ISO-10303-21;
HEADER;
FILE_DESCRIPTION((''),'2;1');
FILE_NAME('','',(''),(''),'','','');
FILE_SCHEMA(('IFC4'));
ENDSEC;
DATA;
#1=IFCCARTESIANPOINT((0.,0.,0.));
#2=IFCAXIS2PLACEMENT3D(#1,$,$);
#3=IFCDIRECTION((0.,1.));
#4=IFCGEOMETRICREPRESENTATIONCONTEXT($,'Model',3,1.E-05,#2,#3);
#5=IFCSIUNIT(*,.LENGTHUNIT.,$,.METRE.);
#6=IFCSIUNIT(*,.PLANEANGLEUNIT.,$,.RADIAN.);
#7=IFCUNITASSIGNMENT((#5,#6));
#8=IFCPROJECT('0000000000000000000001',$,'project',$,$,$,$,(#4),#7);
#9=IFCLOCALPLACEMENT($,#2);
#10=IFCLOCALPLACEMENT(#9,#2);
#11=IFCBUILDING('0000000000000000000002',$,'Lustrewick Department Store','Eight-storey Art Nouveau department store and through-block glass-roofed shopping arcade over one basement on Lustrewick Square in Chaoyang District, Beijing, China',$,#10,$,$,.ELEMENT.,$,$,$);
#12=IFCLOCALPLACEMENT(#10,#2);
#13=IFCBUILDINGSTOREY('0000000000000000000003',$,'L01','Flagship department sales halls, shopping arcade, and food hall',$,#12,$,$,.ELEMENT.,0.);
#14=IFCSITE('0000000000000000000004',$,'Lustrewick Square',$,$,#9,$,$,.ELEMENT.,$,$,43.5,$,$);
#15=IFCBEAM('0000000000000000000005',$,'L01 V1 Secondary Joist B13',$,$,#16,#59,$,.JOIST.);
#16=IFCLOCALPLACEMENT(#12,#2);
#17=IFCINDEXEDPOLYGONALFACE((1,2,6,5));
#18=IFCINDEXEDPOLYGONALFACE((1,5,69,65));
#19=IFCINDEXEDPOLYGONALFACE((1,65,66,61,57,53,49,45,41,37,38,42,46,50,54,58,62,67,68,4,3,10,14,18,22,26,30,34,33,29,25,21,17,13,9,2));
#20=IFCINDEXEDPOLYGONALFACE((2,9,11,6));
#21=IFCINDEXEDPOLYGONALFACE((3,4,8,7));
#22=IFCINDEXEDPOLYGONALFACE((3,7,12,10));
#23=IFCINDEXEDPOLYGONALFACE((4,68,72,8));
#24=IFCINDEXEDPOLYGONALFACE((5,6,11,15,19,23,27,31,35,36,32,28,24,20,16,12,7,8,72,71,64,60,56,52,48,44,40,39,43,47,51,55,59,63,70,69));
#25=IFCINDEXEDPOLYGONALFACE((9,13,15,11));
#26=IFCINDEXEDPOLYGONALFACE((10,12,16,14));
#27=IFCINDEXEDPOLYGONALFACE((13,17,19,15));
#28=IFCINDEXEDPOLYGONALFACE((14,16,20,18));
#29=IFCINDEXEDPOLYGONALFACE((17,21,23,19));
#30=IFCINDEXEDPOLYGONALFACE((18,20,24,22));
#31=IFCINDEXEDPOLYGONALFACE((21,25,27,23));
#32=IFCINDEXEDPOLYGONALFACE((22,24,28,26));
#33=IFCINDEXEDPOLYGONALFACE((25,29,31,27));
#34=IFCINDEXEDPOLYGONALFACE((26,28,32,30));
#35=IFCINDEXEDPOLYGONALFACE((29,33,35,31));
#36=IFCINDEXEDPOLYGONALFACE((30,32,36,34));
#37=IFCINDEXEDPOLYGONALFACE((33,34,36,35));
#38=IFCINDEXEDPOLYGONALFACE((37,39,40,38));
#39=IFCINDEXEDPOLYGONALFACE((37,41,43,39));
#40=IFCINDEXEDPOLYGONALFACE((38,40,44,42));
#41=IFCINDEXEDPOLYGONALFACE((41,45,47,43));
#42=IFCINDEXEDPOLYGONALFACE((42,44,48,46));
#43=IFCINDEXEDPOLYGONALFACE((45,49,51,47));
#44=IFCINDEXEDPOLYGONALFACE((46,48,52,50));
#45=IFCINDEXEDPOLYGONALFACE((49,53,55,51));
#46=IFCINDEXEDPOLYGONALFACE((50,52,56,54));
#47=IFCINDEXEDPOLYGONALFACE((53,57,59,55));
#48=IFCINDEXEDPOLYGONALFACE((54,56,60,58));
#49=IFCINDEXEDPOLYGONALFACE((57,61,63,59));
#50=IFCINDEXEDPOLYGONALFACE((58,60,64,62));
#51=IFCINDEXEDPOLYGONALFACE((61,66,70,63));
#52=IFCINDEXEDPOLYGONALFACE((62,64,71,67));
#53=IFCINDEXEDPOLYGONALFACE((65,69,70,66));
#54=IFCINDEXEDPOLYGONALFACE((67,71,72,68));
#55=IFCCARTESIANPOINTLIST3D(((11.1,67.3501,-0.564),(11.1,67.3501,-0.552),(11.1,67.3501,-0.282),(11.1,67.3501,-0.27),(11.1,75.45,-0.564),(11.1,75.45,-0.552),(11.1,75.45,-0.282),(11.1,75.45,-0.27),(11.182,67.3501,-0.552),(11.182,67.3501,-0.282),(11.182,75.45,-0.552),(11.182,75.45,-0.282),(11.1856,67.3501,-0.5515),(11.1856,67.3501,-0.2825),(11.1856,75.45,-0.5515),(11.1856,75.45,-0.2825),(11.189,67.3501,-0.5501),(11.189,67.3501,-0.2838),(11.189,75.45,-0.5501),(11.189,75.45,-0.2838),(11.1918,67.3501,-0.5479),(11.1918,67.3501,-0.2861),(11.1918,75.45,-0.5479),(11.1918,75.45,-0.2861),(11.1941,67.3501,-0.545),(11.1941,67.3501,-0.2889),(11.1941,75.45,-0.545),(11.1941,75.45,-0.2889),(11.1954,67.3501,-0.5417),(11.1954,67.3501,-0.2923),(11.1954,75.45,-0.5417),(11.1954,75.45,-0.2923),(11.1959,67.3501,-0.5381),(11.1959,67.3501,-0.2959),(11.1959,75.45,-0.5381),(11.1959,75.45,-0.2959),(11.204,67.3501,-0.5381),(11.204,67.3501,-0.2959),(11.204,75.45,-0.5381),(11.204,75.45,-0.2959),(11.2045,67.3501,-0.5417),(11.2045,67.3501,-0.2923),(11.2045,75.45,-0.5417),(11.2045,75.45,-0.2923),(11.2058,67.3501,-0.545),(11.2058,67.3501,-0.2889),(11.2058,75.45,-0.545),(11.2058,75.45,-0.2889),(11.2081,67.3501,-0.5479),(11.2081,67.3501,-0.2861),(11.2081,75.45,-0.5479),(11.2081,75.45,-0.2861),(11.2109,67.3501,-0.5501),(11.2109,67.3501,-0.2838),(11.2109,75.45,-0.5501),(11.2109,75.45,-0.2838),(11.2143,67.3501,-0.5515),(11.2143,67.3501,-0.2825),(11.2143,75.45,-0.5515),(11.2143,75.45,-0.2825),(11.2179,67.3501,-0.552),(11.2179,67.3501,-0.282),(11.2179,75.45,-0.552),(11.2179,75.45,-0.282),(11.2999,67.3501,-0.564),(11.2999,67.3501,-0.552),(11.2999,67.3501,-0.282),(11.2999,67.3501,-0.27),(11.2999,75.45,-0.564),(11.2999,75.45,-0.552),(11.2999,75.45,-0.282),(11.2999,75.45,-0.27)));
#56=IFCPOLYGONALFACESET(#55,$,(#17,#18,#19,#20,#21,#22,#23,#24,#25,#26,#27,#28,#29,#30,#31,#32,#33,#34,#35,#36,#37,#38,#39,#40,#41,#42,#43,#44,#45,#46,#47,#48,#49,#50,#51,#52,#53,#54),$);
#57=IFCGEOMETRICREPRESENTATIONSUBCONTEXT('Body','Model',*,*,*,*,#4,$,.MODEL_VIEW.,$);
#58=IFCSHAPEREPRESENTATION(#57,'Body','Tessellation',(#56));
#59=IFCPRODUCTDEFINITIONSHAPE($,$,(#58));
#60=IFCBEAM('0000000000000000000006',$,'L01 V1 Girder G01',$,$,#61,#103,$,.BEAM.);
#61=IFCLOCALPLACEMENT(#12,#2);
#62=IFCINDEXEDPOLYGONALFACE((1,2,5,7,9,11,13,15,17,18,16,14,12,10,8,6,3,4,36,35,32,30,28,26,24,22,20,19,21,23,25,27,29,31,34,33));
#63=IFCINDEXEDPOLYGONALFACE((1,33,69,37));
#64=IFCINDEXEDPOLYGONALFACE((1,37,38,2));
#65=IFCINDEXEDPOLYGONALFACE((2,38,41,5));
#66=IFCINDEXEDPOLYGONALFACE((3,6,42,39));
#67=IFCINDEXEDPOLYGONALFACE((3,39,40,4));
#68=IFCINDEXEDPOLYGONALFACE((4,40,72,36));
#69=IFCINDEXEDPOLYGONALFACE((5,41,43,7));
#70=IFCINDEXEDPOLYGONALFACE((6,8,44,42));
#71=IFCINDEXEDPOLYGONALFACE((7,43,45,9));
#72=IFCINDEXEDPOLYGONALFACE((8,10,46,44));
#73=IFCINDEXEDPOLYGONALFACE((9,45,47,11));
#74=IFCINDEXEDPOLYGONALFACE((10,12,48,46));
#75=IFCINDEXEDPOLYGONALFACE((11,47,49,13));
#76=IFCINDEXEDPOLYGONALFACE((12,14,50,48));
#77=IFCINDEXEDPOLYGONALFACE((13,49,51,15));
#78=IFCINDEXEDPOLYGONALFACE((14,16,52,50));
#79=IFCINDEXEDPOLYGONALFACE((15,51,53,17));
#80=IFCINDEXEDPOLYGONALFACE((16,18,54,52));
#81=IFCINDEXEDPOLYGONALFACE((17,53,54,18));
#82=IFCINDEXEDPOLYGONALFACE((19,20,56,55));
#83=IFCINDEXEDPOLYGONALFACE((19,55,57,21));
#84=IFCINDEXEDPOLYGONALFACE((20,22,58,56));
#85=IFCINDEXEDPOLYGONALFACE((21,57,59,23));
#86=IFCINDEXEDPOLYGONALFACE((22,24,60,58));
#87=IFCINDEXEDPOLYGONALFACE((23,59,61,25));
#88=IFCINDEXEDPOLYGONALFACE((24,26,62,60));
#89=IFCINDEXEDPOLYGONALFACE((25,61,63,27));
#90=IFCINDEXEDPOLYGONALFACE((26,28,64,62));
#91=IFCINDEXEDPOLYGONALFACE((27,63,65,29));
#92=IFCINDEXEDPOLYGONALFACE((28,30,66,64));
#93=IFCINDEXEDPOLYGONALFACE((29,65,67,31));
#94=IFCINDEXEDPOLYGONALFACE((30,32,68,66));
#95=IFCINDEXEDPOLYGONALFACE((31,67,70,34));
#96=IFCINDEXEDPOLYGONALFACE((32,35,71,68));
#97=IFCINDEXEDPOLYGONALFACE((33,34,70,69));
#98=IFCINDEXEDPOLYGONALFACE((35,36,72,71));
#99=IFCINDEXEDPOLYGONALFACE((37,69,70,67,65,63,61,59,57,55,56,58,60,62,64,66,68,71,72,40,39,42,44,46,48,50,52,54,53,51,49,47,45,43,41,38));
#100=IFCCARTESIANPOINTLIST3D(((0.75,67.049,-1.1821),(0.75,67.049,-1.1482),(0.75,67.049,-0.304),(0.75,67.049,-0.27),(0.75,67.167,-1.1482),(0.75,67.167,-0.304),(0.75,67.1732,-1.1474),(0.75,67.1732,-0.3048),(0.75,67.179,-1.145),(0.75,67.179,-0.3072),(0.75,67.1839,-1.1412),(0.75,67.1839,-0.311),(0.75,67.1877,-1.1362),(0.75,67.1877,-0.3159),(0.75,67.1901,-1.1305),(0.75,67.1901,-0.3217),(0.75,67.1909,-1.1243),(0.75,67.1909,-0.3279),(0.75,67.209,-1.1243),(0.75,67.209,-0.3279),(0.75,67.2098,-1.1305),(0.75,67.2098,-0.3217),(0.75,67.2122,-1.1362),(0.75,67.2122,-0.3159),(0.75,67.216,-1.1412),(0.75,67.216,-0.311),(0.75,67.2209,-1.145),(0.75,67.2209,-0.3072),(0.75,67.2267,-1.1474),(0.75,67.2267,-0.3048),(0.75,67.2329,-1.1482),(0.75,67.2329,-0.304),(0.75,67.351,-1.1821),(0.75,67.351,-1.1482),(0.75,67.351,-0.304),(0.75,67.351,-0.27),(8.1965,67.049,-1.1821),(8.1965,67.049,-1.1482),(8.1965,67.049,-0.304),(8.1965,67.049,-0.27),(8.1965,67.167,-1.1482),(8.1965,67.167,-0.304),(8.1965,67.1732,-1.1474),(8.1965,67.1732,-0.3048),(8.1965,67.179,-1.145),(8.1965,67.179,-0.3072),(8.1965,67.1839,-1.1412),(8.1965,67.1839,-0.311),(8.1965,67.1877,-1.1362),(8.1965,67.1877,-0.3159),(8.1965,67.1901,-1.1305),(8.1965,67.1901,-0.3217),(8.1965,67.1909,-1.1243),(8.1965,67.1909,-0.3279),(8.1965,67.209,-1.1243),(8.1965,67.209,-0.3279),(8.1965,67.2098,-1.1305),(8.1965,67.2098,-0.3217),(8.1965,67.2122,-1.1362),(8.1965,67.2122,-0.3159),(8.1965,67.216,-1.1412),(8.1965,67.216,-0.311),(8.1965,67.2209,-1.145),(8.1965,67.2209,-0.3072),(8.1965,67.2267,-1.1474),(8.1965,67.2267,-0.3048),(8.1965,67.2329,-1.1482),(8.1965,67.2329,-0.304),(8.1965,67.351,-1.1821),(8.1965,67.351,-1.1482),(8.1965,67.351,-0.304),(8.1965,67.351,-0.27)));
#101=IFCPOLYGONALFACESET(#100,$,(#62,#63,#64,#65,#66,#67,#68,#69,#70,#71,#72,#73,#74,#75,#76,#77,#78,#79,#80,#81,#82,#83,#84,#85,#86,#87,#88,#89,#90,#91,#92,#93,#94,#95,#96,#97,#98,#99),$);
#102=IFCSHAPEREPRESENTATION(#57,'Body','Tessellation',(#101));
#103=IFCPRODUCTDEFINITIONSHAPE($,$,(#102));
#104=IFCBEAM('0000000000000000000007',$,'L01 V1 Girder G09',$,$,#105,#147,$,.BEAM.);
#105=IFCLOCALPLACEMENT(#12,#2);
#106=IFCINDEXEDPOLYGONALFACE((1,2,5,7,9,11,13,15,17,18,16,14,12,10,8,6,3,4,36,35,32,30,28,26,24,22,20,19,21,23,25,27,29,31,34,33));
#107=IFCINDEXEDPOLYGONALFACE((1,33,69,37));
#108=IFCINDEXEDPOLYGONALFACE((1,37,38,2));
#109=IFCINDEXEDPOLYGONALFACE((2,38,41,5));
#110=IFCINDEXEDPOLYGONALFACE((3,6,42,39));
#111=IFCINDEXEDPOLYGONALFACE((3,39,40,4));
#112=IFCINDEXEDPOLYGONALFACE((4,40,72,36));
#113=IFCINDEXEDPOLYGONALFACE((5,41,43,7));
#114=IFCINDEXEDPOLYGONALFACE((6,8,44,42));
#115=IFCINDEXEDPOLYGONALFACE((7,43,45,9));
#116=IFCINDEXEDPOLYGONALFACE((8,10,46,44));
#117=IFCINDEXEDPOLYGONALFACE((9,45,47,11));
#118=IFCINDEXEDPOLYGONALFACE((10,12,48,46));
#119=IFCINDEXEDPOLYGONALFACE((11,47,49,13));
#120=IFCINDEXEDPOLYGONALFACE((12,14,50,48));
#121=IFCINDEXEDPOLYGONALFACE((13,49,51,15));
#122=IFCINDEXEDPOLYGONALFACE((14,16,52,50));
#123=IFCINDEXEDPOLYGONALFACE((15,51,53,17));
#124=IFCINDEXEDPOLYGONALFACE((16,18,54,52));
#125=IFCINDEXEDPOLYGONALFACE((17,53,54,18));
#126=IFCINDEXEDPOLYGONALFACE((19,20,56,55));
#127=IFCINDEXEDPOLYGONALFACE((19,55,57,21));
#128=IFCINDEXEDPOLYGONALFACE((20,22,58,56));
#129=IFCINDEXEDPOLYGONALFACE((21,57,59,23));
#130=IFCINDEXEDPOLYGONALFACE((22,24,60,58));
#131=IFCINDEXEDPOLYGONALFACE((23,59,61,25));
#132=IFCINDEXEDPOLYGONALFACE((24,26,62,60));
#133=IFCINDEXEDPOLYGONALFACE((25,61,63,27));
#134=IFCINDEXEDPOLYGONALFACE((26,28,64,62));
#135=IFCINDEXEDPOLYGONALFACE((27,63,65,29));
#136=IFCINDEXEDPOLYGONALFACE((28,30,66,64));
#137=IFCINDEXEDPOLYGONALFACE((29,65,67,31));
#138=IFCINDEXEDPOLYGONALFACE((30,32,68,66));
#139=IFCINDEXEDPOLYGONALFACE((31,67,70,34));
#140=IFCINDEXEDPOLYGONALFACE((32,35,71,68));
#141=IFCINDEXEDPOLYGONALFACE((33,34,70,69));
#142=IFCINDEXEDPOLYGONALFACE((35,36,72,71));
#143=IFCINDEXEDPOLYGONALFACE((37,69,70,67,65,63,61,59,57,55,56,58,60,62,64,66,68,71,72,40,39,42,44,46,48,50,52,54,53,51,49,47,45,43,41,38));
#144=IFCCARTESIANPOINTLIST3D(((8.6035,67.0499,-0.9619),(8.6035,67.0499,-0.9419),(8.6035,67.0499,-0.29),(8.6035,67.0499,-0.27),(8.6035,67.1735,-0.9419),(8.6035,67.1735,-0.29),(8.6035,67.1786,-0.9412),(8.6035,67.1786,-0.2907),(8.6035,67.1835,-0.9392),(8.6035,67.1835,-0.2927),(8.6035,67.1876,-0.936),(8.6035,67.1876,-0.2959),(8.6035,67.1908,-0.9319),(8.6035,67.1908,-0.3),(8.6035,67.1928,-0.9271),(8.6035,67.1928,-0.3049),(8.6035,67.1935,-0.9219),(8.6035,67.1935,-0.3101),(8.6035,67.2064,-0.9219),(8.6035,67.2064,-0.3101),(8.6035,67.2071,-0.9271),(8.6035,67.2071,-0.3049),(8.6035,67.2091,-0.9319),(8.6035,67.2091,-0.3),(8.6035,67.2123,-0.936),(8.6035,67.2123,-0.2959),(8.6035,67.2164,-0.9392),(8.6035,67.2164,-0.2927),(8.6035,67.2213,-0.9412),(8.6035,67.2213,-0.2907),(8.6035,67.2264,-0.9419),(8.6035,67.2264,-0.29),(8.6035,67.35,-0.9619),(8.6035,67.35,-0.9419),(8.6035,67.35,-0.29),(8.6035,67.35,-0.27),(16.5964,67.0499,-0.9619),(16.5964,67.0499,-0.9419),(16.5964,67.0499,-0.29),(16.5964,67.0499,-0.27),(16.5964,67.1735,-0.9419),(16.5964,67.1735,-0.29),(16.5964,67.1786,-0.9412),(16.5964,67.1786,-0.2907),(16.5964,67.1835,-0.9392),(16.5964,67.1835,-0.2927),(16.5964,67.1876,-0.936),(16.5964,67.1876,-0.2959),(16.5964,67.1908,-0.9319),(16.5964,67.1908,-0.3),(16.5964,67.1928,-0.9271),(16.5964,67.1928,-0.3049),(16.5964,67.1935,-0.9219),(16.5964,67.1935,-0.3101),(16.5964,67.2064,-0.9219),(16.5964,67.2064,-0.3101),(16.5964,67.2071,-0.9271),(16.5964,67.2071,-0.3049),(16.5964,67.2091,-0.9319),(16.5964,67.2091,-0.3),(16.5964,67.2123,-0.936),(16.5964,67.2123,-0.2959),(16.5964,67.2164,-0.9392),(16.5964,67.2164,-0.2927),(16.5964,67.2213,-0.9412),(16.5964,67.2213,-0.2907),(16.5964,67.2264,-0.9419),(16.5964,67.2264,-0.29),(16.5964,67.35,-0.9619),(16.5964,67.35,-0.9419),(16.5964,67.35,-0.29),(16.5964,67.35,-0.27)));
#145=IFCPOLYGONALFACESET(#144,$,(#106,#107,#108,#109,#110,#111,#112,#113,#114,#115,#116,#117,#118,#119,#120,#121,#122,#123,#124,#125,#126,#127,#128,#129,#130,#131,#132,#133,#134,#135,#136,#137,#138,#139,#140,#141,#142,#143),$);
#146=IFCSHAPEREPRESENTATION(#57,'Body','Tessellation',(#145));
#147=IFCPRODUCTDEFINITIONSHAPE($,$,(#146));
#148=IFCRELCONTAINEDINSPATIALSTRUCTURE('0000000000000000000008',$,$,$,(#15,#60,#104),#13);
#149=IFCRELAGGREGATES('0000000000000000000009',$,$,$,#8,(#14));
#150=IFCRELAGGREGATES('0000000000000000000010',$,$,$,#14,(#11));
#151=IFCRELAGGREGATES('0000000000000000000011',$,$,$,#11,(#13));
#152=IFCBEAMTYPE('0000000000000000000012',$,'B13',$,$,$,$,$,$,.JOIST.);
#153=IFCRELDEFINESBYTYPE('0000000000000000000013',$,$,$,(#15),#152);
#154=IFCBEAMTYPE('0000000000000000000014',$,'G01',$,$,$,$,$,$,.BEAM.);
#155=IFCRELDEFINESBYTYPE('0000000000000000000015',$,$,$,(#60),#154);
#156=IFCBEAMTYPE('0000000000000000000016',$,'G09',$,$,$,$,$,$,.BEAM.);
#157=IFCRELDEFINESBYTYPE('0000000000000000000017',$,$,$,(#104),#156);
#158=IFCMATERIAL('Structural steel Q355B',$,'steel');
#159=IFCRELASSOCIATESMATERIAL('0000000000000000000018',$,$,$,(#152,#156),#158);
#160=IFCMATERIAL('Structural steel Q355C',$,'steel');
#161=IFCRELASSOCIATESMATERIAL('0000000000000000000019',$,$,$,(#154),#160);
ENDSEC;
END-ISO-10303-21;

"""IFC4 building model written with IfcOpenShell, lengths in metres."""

from ifc_helpers import new_model, si_unit, direction, frame, origin, origin_2d, place, context, subcontext, project, spatial, i_section, extrude, material, material_profile, profile_set, type_object, element, save


model = new_model("IFC4")

# Units and contexts
model_context = context("Model", 3, precision=1e-05, world=origin(), true_north=direction((0.0, 1.0)))
body_context = subcontext(model_context, "Body", "Model", "MODEL_VIEW")
ifc_project = project(units=[si_unit("LENGTHUNIT", "METRE"), si_unit("PLANEANGLEUNIT", "RADIAN")], contexts=[model_context])

# Site, building, storey
site_placement = place(None, origin())
site = spatial("IfcSite", under=ifc_project, at=site_placement, Name="Lustrewick Square", CompositionType="ELEMENT", RefElevation=43.5)
building_placement = place(site_placement, origin())
building = spatial("IfcBuilding", under=site, at=building_placement, Name="Lustrewick Department Store", Description="Eight-storey Art Nouveau department store and through-block glass-roofed shopping arcade over one basement on Lustrewick Square in Chaoyang District, Beijing, China", CompositionType="ELEMENT")
storey_placement = place(building_placement, origin())
storey = spatial("IfcBuildingStorey", under=building, at=storey_placement, Name="L01", Description="Flagship department sales halls, shopping arcade, and food hall", CompositionType="ELEMENT", Elevation=0.0)

# Shared definitions
ifc_material_1 = material(Name="Structural steel Q355B", Category="steel")

# Beams
ifc_material_profile_1 = material_profile(ifc_material_1, i_section(OverallWidth=0.2, OverallDepth=0.2939, WebThickness=0.0081, FlangeThickness=0.012, FilletRadius=0.0139, at=origin_2d()), Name="HM 294x200x8x12")
ifc_profile_set_1 = profile_set([ifc_material_profile_1], Name="Structural steel Q355B")
beam_type_1 = type_object("IfcBeamType", Name="B13", PredefinedType="JOIST", material=ifc_profile_set_1)
beam_1_placement = place(storey_placement, frame((11.2, 67.3501, -0.417), z_axis=(0.0, 1.0, 0.0), x_axis=(-1.0, 0.0, 0.0)))
element("IfcBeam", 1, at=beam_1_placement, inside=storey, type_object=beam_type_1, Name="L01 V1 Secondary Joist B13", PredefinedType="JOIST", context=body_context, shape_type="SweptSolid", body=[
    extrude(i_section(OverallWidth=0.2, OverallDepth=0.2939, WebThickness=0.0081, FlangeThickness=0.012, FilletRadius=0.0139, at=origin_2d()), origin(), (0.0, 0.0, 1.0), 8.0999),
])
ifc_material_2 = material(Name="Structural steel Q355C", Category="steel")
ifc_material_profile_2 = material_profile(ifc_material_2, i_section(OverallWidth=0.302, OverallDepth=0.9121, WebThickness=0.0181, FlangeThickness=0.0339, FilletRadius=0.0239, at=origin_2d()), Name="HN 912x302x18x34")
ifc_profile_set_2 = profile_set([ifc_material_profile_2], Name="Structural steel Q355C")
beam_type_2 = type_object("IfcBeamType", Name="G01", PredefinedType="BEAM", material=ifc_profile_set_2)
beam_2_placement = place(storey_placement, frame((0.75, 67.2, -0.7261), z_axis=(1.0, 0.0, 0.0), x_axis=(0.0, 1.0, 0.0)))
element("IfcBeam", 2, at=beam_2_placement, inside=storey, type_object=beam_type_2, Name="L01 V1 Girder G01", PredefinedType="BEAM", context=body_context, shape_type="SweptSolid", body=[
    extrude(i_section(OverallWidth=0.302, OverallDepth=0.9121, WebThickness=0.0181, FlangeThickness=0.0339, FilletRadius=0.0239, at=origin_2d()), origin(), (0.0, 0.0, 1.0), 7.4465),
])
ifc_material_profile_3 = material_profile(ifc_material_1, i_section(OverallWidth=0.3, OverallDepth=0.6919, WebThickness=0.0129, FlangeThickness=0.02, FilletRadius=0.02, at=origin_2d()), Name="HN 692x300x13x20")
ifc_profile_set_3 = profile_set([ifc_material_profile_3], Name="Structural steel Q355B")
beam_type_3 = type_object("IfcBeamType", Name="G09", PredefinedType="BEAM", material=ifc_profile_set_3)
beam_3_placement = place(storey_placement, frame((8.6035, 67.2, -0.616), z_axis=(1.0, 0.0, 0.0), x_axis=(0.0, 1.0, 0.0)))
element("IfcBeam", 3, at=beam_3_placement, inside=storey, type_object=beam_type_3, Name="L01 V1 Girder G09", PredefinedType="BEAM", context=body_context, shape_type="SweptSolid", body=[
    extrude(i_section(OverallWidth=0.3, OverallDepth=0.6919, WebThickness=0.0129, FlangeThickness=0.02, FilletRadius=0.02, at=origin_2d()), origin(), (0.0, 0.0, 1.0), 7.9929),
])

save(model, "model.ifc")
